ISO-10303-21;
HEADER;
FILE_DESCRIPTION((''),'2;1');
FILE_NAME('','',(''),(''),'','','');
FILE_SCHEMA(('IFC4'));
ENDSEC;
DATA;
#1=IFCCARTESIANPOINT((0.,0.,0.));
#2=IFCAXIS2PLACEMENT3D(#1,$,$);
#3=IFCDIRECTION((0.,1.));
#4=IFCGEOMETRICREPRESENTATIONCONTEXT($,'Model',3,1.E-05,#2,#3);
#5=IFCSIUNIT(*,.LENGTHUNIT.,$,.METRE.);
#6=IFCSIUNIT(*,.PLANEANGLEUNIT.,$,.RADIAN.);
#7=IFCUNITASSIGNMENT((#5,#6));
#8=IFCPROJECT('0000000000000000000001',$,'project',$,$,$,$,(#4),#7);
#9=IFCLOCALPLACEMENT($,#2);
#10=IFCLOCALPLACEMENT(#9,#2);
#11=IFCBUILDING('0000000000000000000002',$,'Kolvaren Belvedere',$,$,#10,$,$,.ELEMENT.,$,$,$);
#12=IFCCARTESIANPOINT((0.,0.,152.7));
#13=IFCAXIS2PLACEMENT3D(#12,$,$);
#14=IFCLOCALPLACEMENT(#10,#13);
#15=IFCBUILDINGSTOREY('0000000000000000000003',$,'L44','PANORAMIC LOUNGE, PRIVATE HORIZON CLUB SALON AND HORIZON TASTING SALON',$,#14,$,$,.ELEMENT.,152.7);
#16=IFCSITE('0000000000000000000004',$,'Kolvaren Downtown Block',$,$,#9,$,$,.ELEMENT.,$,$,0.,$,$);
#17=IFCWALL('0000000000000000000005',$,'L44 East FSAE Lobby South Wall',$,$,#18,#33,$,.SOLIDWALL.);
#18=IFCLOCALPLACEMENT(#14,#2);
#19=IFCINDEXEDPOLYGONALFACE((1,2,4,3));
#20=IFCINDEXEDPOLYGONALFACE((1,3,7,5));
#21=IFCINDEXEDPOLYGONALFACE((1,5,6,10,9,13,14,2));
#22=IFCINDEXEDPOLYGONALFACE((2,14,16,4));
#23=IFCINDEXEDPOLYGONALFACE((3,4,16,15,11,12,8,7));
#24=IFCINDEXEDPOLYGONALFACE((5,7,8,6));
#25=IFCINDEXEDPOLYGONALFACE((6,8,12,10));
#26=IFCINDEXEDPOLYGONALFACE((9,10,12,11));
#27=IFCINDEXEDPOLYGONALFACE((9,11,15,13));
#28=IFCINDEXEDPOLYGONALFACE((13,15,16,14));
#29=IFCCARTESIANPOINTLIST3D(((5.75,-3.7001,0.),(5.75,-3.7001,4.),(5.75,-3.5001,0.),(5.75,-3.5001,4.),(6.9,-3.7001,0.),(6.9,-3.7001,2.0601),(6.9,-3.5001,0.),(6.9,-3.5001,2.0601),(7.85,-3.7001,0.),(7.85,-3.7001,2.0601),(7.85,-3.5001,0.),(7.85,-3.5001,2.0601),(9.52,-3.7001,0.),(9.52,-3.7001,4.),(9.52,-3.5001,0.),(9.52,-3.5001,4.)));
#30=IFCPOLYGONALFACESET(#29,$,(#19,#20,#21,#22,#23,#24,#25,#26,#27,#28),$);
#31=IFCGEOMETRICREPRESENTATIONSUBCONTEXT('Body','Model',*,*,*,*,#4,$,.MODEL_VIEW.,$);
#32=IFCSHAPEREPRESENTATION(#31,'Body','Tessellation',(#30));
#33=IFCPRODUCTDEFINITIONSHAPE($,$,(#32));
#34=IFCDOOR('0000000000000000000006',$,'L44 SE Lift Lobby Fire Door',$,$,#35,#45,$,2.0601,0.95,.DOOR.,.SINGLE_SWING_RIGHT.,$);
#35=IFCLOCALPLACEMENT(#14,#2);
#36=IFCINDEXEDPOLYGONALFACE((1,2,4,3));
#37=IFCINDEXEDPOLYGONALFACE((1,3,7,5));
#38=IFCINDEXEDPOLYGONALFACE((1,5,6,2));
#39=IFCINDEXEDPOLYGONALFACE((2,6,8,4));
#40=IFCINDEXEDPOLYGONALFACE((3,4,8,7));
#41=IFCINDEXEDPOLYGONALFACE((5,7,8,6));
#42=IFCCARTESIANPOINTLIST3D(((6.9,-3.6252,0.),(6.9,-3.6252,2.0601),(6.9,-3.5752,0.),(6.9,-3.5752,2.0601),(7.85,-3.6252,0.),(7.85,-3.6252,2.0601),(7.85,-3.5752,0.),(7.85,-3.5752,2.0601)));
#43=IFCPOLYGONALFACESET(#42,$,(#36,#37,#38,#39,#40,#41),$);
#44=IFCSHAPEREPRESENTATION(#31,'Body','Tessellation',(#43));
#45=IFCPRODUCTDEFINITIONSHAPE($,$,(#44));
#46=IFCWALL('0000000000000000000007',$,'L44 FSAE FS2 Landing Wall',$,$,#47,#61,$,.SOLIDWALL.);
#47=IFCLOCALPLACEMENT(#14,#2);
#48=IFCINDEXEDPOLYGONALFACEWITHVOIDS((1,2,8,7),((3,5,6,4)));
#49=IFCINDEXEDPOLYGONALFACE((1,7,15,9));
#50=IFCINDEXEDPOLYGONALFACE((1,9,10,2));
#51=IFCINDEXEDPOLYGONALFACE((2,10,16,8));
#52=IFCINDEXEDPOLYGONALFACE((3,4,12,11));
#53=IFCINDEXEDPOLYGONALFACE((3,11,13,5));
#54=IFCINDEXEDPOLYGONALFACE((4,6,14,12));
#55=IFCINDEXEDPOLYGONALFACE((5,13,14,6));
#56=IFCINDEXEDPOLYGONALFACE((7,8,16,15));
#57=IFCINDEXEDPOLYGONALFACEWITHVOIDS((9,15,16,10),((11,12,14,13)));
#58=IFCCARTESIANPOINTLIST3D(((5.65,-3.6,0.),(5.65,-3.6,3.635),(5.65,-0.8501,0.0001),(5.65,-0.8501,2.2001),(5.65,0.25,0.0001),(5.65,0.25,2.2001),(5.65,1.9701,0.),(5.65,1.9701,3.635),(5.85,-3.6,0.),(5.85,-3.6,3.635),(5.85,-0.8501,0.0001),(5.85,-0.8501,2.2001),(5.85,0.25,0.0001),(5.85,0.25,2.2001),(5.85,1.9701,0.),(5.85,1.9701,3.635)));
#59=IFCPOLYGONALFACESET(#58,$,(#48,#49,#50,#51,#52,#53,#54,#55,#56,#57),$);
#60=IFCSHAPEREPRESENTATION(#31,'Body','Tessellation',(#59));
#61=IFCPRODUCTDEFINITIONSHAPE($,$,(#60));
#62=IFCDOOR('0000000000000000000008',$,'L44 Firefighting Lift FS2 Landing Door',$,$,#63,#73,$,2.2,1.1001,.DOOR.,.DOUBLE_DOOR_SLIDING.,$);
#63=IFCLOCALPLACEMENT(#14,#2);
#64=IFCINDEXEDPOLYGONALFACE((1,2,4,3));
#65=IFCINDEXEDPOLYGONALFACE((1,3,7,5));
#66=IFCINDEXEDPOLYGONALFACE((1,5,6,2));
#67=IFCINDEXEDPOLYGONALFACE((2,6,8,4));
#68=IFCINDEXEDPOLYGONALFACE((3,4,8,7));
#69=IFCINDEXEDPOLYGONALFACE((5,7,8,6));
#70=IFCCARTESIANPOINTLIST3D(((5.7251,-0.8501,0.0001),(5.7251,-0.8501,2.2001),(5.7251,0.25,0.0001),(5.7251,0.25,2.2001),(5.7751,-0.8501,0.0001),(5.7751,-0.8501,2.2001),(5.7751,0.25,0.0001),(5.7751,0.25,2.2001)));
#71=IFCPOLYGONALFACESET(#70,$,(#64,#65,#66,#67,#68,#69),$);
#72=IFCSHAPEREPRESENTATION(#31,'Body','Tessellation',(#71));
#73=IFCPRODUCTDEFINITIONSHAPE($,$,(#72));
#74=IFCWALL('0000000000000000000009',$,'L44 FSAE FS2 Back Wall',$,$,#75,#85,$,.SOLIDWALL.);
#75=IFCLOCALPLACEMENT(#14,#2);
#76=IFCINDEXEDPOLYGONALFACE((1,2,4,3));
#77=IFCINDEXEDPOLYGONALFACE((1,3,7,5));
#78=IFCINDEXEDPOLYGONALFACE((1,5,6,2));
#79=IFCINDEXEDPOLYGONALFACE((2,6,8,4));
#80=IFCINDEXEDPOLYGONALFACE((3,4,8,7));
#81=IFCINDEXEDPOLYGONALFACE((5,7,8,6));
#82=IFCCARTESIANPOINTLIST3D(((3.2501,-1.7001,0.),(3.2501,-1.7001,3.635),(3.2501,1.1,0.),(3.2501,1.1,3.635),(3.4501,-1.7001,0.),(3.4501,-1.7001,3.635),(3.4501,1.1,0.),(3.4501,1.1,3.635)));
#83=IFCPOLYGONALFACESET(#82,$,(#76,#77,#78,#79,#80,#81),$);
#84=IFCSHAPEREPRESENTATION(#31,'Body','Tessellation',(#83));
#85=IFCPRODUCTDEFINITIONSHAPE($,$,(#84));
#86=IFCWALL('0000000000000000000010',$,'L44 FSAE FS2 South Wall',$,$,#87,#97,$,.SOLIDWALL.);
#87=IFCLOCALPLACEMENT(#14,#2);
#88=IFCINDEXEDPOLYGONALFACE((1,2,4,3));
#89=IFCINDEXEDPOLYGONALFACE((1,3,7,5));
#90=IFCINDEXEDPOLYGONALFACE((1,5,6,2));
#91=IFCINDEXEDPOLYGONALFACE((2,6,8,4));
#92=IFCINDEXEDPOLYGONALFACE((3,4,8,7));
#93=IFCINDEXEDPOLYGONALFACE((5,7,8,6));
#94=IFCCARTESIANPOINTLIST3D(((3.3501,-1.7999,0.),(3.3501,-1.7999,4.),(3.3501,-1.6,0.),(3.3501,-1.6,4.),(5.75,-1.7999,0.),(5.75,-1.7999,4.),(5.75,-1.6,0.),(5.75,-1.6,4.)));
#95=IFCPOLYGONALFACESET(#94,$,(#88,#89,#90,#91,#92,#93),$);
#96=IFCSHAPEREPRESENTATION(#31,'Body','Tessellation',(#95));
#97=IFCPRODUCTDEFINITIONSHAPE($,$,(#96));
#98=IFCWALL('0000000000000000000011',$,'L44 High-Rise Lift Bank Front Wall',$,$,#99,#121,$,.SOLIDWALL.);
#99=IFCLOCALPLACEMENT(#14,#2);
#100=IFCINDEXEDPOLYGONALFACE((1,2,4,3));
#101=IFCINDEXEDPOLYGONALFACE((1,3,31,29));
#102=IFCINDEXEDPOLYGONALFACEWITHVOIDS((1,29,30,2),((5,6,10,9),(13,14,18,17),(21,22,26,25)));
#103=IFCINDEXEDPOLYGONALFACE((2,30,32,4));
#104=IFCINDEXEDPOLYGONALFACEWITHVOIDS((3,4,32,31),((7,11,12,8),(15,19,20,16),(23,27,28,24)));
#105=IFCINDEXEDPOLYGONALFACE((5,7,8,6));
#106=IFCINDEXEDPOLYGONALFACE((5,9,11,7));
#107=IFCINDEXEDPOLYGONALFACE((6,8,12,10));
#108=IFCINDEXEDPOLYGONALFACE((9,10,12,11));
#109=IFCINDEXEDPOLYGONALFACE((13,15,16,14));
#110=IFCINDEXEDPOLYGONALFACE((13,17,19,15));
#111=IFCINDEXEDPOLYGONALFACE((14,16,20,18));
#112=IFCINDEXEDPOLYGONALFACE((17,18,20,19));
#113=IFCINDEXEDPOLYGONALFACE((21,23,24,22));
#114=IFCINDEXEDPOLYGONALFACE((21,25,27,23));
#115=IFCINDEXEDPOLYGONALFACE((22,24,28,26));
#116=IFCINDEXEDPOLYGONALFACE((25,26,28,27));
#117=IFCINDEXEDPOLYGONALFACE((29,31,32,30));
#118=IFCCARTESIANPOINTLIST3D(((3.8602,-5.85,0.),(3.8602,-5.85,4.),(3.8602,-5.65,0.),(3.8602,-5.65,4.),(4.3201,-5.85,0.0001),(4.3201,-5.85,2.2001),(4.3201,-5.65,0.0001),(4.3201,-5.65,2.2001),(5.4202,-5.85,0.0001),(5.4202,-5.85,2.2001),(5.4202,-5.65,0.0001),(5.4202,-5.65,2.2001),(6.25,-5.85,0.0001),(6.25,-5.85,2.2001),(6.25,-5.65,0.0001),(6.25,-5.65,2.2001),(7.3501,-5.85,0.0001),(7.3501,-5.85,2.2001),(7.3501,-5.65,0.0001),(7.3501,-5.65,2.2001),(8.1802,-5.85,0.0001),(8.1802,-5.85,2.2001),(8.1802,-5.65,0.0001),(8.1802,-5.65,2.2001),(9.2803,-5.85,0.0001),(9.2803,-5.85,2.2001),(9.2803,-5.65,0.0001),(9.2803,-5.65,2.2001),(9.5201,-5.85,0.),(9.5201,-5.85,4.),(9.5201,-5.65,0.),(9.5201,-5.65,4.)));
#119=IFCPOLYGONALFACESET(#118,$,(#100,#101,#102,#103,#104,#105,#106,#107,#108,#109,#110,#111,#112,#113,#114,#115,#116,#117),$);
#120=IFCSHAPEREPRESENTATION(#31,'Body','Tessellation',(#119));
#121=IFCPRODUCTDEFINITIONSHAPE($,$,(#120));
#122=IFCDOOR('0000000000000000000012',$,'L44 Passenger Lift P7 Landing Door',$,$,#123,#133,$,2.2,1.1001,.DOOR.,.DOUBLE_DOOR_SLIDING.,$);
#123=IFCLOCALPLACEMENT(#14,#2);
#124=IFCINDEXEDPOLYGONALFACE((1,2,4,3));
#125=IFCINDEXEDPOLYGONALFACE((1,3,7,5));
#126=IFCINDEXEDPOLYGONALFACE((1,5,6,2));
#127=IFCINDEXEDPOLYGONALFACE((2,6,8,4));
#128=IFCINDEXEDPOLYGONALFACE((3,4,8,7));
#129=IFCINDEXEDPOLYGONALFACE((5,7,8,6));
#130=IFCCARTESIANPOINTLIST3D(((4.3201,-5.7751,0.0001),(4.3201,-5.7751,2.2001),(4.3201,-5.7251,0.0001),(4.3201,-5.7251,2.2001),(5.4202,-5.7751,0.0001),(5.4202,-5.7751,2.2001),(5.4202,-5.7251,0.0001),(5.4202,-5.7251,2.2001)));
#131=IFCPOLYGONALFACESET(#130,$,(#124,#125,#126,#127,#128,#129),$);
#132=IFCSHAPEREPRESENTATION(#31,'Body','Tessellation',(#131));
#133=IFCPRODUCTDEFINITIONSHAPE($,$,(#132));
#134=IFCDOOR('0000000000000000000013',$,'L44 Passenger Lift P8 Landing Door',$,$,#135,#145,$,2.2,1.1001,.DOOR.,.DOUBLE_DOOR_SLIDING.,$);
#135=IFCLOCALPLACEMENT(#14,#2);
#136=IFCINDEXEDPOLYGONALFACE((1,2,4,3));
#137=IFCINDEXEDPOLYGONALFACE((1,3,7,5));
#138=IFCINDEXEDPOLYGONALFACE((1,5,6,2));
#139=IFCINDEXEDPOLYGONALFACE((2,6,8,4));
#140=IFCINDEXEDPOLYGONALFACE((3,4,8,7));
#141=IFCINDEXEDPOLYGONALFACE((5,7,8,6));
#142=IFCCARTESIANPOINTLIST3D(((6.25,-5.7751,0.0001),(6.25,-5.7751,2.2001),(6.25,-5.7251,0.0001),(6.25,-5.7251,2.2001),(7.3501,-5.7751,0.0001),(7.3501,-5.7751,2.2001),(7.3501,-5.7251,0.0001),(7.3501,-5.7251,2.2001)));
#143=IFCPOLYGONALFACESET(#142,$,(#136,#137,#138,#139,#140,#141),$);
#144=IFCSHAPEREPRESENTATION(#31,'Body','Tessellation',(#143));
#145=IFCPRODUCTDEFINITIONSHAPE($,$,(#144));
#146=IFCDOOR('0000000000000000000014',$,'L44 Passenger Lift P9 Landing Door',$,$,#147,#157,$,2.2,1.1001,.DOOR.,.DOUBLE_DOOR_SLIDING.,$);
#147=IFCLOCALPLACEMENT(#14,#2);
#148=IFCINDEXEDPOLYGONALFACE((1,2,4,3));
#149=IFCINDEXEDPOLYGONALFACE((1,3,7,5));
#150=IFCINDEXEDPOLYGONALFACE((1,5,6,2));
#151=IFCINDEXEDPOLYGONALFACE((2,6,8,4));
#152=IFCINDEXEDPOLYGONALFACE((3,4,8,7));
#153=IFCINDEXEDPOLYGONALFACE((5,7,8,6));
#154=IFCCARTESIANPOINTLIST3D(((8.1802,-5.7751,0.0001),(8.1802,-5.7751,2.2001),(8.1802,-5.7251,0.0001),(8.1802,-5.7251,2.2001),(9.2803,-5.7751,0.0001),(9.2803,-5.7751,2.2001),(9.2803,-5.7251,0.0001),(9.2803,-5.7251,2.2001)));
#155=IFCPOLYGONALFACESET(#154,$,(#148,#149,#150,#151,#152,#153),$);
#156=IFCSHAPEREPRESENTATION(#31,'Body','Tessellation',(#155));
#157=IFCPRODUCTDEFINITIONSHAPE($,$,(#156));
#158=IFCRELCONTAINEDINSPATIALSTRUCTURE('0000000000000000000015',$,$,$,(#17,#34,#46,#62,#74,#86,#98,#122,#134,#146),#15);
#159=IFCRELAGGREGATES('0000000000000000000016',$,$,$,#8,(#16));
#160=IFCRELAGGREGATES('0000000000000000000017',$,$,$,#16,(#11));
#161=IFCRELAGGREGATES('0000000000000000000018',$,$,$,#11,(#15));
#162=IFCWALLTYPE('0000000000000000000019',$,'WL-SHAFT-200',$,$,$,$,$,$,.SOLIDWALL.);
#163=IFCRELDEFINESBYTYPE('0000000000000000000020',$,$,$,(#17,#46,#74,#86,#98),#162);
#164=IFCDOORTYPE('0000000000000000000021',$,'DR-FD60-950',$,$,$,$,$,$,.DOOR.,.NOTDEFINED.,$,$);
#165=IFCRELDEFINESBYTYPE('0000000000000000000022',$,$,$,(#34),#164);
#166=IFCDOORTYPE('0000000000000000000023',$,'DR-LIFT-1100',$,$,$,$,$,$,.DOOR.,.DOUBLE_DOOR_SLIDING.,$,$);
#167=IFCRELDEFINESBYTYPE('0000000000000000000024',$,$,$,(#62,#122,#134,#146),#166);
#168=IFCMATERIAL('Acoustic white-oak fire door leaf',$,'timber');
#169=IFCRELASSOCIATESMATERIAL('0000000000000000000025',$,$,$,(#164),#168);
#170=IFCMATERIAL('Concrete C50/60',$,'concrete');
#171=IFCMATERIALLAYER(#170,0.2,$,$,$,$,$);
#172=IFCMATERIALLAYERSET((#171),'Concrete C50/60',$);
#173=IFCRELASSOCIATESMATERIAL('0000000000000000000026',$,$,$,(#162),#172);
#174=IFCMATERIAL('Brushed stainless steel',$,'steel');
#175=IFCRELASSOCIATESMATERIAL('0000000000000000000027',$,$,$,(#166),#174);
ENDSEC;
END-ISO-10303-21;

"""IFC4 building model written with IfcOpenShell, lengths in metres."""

from ifc_helpers import new_model, si_unit, direction, frame, frame_2d, origin, place, context, subcontext, project, spatial, rectangle, extrude, material, layer, layer_set, type_object, element, fill, save


model = new_model("IFC4")

# Units and contexts
model_context = context("Model", 3, precision=1e-05, world=origin(), true_north=direction((0.0, 1.0)))
body_context = subcontext(model_context, "Body", "Model", "MODEL_VIEW")
ifc_project = project(units=[si_unit("LENGTHUNIT", "METRE"), si_unit("PLANEANGLEUNIT", "RADIAN")], contexts=[model_context])

# Site, building, storey
site_placement = place(None, origin())
site = spatial("IfcSite", under=ifc_project, at=site_placement, Name="Kolvaren Downtown Block", CompositionType="ELEMENT", RefElevation=0.0)
building_placement = place(site_placement, origin())
building = spatial("IfcBuilding", under=site, at=building_placement, Name="Kolvaren Belvedere", CompositionType="ELEMENT")
storey_placement = place(building_placement, frame((0.0, 0.0, 152.7)))
storey = spatial("IfcBuildingStorey", under=building, at=storey_placement, Name="L44", Description="PANORAMIC LOUNGE, PRIVATE HORIZON CLUB SALON AND HORIZON TASTING SALON", CompositionType="ELEMENT", Elevation=152.7)

# Walls, openings, doors
ifc_material_1 = material(Name="Acoustic white-oak fire door leaf", Category="timber")
door_type_1 = type_object("IfcDoorType", Name="DR-FD60-950", OperationType="NOTDEFINED", PredefinedType="DOOR", material=ifc_material_1)
ifc_material_2 = material(Name="Concrete C50/60", Category="concrete")
ifc_layer_1 = layer(ifc_material_2, 0.2)
ifc_layer_set_1 = layer_set([ifc_layer_1], Name="Concrete C50/60")
wall_type_1 = type_object("IfcWallType", Name="WL-SHAFT-200", PredefinedType="SOLIDWALL", material=ifc_layer_set_1)
wall_1_placement = place(storey_placement, frame((5.75, -3.6001, 0.0), z_axis=(0.0, 0.0, 1.0), x_axis=(1.0, 0.0, 0.0)))
wall_1 = element("IfcWall", 1, at=wall_1_placement, inside=storey, type_object=wall_type_1, Name="L44 East FSAE Lobby South Wall", PredefinedType="SOLIDWALL", context=body_context, shape_type="SweptSolid", body=[
    extrude(rectangle(XDim=3.77, YDim=0.2, at=frame_2d((1.885, 0.0))), origin(), (0.0, 0.0, 1.0), 4.0),
])
opening_1_placement = place(wall_1_placement, frame((1.1499, 0.0, 0.0)))
opening_1 = element("IfcOpeningElement", 2, at=opening_1_placement, cuts=wall_1, PredefinedType="OPENING", context=body_context, shape_type="SweptSolid", body=[
    extrude(rectangle(XDim=0.95, YDim=2.0601, at=frame_2d((0.4751, 1.03))), frame((0.0, 0.1099, 0.0), z_axis=(0.0, -1.0, 0.0), x_axis=(1.0, 0.0, 0.0)), (0.0, 0.0, 1.0), 0.22),
])
door_1_placement = place(opening_1_placement, origin())
door_1 = element("IfcDoor", 3, at=door_1_placement, inside=storey, type_object=door_type_1, Name="L44 SE Lift Lobby Fire Door", OperationType="SINGLE_SWING_RIGHT", OverallHeight=2.0601, OverallWidth=0.95, PredefinedType="DOOR", context=body_context, shape_type="SweptSolid", body=[
    extrude(rectangle(XDim=0.95, YDim=2.0601, at=frame_2d((0.4751, 1.03))), frame((0.0, 0.0249, 0.0), z_axis=(0.0, -1.0, 0.0), x_axis=(1.0, 0.0, 0.0)), (0.0, 0.0, 1.0), 0.05),
])
fill(opening_1, door_1)
wall_2_placement = place(storey_placement, frame((5.75, -3.6001, 0.0), z_axis=(0.0, 0.0, 1.0), x_axis=(0.0, 1.0, 0.0)))
wall_2 = element("IfcWall", 4, at=wall_2_placement, inside=storey, type_object=wall_type_1, Name="L44 FSAE FS2 Landing Wall", PredefinedType="SOLIDWALL", context=body_context, shape_type="SweptSolid", body=[
    extrude(rectangle(XDim=5.5701, YDim=0.2, at=frame_2d((2.7852, 0.0))), origin(), (0.0, 0.0, 1.0), 3.635),
])
opening_2_placement = place(wall_2_placement, frame((2.75, 0.0, 0.0)))
opening_2 = element("IfcOpeningElement", 5, at=opening_2_placement, cuts=wall_2, PredefinedType="OPENING", context=body_context, shape_type="SweptSolid", body=[
    extrude(rectangle(XDim=1.1001, YDim=2.2, at=frame_2d((0.55, 1.1001))), frame((0.0, 0.1099, 0.0), z_axis=(0.0, -1.0, 0.0), x_axis=(1.0, 0.0, 0.0)), (0.0, 0.0, 1.0), 0.22),
])
ifc_material_3 = material(Name="Brushed stainless steel", Category="steel")
door_type_2 = type_object("IfcDoorType", Name="DR-LIFT-1100", OperationType="DOUBLE_DOOR_SLIDING", PredefinedType="DOOR", material=ifc_material_3)
door_2_placement = place(opening_2_placement, origin())
door_2 = element("IfcDoor", 6, at=door_2_placement, inside=storey, type_object=door_type_2, Name="L44 Firefighting Lift FS2 Landing Door", OperationType="DOUBLE_DOOR_SLIDING", OverallHeight=2.2, OverallWidth=1.1001, PredefinedType="DOOR", context=body_context, shape_type="SweptSolid", body=[
    extrude(rectangle(XDim=1.1001, YDim=2.2, at=frame_2d((0.55, 1.1001))), frame((0.0, 0.0249, 0.0), z_axis=(0.0, -1.0, 0.0), x_axis=(1.0, 0.0, 0.0)), (0.0, 0.0, 1.0), 0.05),
])
fill(opening_2, door_2)

# Walls
wall_3_placement = place(storey_placement, frame((3.3501, -1.7, 0.0), z_axis=(0.0, 0.0, 1.0), x_axis=(0.0, 1.0, 0.0)))
element("IfcWall", 7, at=wall_3_placement, inside=storey, type_object=wall_type_1, Name="L44 FSAE FS2 Back Wall", PredefinedType="SOLIDWALL", context=body_context, shape_type="SweptSolid", body=[
    extrude(rectangle(XDim=2.8, YDim=0.2, at=frame_2d((1.3999, 0.0))), origin(), (0.0, 0.0, 1.0), 3.635),
])
wall_4_placement = place(storey_placement, frame((3.3501, -1.7, 0.0), z_axis=(0.0, 0.0, 1.0), x_axis=(1.0, 0.0, 0.0)))
element("IfcWall", 8, at=wall_4_placement, inside=storey, type_object=wall_type_1, Name="L44 FSAE FS2 South Wall", PredefinedType="SOLIDWALL", context=body_context, shape_type="SweptSolid", body=[
    extrude(rectangle(XDim=2.3999, YDim=0.2, at=frame_2d((1.2, 0.0))), origin(), (0.0, 0.0, 1.0), 4.0),
])

# Wall, openings, doors
wall_5_placement = place(storey_placement, frame((3.8601, -5.75, 0.0), z_axis=(0.0, 0.0, 1.0), x_axis=(1.0, 0.0, 0.0)))
wall_5 = element("IfcWall", 9, at=wall_5_placement, inside=storey, type_object=wall_type_1, Name="L44 High-Rise Lift Bank Front Wall", PredefinedType="SOLIDWALL", context=body_context, shape_type="SweptSolid", body=[
    extrude(rectangle(XDim=5.6599, YDim=0.2, at=frame_2d((2.8301, 0.0))), origin(), (0.0, 0.0, 1.0), 4.0),
])
opening_3_placement = place(wall_5_placement, frame((0.46, 0.0, 0.0)))
opening_3 = element("IfcOpeningElement", 10, at=opening_3_placement, cuts=wall_5, PredefinedType="OPENING", context=body_context, shape_type="SweptSolid", body=[
    extrude(rectangle(XDim=1.1001, YDim=2.2, at=frame_2d((0.55, 1.1001))), frame((0.0, 0.1099, 0.0), z_axis=(0.0, -1.0, 0.0), x_axis=(1.0, 0.0, 0.0)), (0.0, 0.0, 1.0), 0.22),
])
opening_4_placement = place(wall_5_placement, frame((2.3899, 0.0, 0.0)))
opening_4 = element("IfcOpeningElement", 11, at=opening_4_placement, cuts=wall_5, PredefinedType="OPENING", context=body_context, shape_type="SweptSolid", body=[
    extrude(rectangle(XDim=1.1001, YDim=2.2, at=frame_2d((0.55, 1.1001))), frame((0.0, 0.1099, 0.0), z_axis=(0.0, -1.0, 0.0), x_axis=(1.0, 0.0, 0.0)), (0.0, 0.0, 1.0), 0.22),
])
opening_5_placement = place(wall_5_placement, frame((4.3201, 0.0, 0.0)))
opening_5 = element("IfcOpeningElement", 12, at=opening_5_placement, cuts=wall_5, PredefinedType="OPENING", context=body_context, shape_type="SweptSolid", body=[
    extrude(rectangle(XDim=1.1001, YDim=2.2, at=frame_2d((0.55, 1.1001))), frame((0.0, 0.1099, 0.0), z_axis=(0.0, -1.0, 0.0), x_axis=(1.0, 0.0, 0.0)), (0.0, 0.0, 1.0), 0.22),
])
door_3_placement = place(opening_3_placement, origin())
door_3 = element("IfcDoor", 13, at=door_3_placement, inside=storey, type_object=door_type_2, Name="L44 Passenger Lift P7 Landing Door", OperationType="DOUBLE_DOOR_SLIDING", OverallHeight=2.2, OverallWidth=1.1001, PredefinedType="DOOR", context=body_context, shape_type="SweptSolid", body=[
    extrude(rectangle(XDim=1.1001, YDim=2.2, at=frame_2d((0.55, 1.1001))), frame((0.0, 0.0249, 0.0), z_axis=(0.0, -1.0, 0.0), x_axis=(1.0, 0.0, 0.0)), (0.0, 0.0, 1.0), 0.05),
])
fill(opening_3, door_3)
door_4_placement = place(opening_4_placement, origin())
door_4 = element("IfcDoor", 14, at=door_4_placement, inside=storey, type_object=door_type_2, Name="L44 Passenger Lift P8 Landing Door", OperationType="DOUBLE_DOOR_SLIDING", OverallHeight=2.2, OverallWidth=1.1001, PredefinedType="DOOR", context=body_context, shape_type="SweptSolid", body=[
    extrude(rectangle(XDim=1.1001, YDim=2.2, at=frame_2d((0.55, 1.1001))), frame((0.0, 0.0249, 0.0), z_axis=(0.0, -1.0, 0.0), x_axis=(1.0, 0.0, 0.0)), (0.0, 0.0, 1.0), 0.05),
])
fill(opening_4, door_4)
door_5_placement = place(opening_5_placement, origin())
door_5 = element("IfcDoor", 15, at=door_5_placement, inside=storey, type_object=door_type_2, Name="L44 Passenger Lift P9 Landing Door", OperationType="DOUBLE_DOOR_SLIDING", OverallHeight=2.2, OverallWidth=1.1001, PredefinedType="DOOR", context=body_context, shape_type="SweptSolid", body=[
    extrude(rectangle(XDim=1.1001, YDim=2.2, at=frame_2d((0.55, 1.1001))), frame((0.0, 0.0249, 0.0), z_axis=(0.0, -1.0, 0.0), x_axis=(1.0, 0.0, 0.0)), (0.0, 0.0, 1.0), 0.05),
])
fill(opening_5, door_5)

save(model, "model.ifc")
